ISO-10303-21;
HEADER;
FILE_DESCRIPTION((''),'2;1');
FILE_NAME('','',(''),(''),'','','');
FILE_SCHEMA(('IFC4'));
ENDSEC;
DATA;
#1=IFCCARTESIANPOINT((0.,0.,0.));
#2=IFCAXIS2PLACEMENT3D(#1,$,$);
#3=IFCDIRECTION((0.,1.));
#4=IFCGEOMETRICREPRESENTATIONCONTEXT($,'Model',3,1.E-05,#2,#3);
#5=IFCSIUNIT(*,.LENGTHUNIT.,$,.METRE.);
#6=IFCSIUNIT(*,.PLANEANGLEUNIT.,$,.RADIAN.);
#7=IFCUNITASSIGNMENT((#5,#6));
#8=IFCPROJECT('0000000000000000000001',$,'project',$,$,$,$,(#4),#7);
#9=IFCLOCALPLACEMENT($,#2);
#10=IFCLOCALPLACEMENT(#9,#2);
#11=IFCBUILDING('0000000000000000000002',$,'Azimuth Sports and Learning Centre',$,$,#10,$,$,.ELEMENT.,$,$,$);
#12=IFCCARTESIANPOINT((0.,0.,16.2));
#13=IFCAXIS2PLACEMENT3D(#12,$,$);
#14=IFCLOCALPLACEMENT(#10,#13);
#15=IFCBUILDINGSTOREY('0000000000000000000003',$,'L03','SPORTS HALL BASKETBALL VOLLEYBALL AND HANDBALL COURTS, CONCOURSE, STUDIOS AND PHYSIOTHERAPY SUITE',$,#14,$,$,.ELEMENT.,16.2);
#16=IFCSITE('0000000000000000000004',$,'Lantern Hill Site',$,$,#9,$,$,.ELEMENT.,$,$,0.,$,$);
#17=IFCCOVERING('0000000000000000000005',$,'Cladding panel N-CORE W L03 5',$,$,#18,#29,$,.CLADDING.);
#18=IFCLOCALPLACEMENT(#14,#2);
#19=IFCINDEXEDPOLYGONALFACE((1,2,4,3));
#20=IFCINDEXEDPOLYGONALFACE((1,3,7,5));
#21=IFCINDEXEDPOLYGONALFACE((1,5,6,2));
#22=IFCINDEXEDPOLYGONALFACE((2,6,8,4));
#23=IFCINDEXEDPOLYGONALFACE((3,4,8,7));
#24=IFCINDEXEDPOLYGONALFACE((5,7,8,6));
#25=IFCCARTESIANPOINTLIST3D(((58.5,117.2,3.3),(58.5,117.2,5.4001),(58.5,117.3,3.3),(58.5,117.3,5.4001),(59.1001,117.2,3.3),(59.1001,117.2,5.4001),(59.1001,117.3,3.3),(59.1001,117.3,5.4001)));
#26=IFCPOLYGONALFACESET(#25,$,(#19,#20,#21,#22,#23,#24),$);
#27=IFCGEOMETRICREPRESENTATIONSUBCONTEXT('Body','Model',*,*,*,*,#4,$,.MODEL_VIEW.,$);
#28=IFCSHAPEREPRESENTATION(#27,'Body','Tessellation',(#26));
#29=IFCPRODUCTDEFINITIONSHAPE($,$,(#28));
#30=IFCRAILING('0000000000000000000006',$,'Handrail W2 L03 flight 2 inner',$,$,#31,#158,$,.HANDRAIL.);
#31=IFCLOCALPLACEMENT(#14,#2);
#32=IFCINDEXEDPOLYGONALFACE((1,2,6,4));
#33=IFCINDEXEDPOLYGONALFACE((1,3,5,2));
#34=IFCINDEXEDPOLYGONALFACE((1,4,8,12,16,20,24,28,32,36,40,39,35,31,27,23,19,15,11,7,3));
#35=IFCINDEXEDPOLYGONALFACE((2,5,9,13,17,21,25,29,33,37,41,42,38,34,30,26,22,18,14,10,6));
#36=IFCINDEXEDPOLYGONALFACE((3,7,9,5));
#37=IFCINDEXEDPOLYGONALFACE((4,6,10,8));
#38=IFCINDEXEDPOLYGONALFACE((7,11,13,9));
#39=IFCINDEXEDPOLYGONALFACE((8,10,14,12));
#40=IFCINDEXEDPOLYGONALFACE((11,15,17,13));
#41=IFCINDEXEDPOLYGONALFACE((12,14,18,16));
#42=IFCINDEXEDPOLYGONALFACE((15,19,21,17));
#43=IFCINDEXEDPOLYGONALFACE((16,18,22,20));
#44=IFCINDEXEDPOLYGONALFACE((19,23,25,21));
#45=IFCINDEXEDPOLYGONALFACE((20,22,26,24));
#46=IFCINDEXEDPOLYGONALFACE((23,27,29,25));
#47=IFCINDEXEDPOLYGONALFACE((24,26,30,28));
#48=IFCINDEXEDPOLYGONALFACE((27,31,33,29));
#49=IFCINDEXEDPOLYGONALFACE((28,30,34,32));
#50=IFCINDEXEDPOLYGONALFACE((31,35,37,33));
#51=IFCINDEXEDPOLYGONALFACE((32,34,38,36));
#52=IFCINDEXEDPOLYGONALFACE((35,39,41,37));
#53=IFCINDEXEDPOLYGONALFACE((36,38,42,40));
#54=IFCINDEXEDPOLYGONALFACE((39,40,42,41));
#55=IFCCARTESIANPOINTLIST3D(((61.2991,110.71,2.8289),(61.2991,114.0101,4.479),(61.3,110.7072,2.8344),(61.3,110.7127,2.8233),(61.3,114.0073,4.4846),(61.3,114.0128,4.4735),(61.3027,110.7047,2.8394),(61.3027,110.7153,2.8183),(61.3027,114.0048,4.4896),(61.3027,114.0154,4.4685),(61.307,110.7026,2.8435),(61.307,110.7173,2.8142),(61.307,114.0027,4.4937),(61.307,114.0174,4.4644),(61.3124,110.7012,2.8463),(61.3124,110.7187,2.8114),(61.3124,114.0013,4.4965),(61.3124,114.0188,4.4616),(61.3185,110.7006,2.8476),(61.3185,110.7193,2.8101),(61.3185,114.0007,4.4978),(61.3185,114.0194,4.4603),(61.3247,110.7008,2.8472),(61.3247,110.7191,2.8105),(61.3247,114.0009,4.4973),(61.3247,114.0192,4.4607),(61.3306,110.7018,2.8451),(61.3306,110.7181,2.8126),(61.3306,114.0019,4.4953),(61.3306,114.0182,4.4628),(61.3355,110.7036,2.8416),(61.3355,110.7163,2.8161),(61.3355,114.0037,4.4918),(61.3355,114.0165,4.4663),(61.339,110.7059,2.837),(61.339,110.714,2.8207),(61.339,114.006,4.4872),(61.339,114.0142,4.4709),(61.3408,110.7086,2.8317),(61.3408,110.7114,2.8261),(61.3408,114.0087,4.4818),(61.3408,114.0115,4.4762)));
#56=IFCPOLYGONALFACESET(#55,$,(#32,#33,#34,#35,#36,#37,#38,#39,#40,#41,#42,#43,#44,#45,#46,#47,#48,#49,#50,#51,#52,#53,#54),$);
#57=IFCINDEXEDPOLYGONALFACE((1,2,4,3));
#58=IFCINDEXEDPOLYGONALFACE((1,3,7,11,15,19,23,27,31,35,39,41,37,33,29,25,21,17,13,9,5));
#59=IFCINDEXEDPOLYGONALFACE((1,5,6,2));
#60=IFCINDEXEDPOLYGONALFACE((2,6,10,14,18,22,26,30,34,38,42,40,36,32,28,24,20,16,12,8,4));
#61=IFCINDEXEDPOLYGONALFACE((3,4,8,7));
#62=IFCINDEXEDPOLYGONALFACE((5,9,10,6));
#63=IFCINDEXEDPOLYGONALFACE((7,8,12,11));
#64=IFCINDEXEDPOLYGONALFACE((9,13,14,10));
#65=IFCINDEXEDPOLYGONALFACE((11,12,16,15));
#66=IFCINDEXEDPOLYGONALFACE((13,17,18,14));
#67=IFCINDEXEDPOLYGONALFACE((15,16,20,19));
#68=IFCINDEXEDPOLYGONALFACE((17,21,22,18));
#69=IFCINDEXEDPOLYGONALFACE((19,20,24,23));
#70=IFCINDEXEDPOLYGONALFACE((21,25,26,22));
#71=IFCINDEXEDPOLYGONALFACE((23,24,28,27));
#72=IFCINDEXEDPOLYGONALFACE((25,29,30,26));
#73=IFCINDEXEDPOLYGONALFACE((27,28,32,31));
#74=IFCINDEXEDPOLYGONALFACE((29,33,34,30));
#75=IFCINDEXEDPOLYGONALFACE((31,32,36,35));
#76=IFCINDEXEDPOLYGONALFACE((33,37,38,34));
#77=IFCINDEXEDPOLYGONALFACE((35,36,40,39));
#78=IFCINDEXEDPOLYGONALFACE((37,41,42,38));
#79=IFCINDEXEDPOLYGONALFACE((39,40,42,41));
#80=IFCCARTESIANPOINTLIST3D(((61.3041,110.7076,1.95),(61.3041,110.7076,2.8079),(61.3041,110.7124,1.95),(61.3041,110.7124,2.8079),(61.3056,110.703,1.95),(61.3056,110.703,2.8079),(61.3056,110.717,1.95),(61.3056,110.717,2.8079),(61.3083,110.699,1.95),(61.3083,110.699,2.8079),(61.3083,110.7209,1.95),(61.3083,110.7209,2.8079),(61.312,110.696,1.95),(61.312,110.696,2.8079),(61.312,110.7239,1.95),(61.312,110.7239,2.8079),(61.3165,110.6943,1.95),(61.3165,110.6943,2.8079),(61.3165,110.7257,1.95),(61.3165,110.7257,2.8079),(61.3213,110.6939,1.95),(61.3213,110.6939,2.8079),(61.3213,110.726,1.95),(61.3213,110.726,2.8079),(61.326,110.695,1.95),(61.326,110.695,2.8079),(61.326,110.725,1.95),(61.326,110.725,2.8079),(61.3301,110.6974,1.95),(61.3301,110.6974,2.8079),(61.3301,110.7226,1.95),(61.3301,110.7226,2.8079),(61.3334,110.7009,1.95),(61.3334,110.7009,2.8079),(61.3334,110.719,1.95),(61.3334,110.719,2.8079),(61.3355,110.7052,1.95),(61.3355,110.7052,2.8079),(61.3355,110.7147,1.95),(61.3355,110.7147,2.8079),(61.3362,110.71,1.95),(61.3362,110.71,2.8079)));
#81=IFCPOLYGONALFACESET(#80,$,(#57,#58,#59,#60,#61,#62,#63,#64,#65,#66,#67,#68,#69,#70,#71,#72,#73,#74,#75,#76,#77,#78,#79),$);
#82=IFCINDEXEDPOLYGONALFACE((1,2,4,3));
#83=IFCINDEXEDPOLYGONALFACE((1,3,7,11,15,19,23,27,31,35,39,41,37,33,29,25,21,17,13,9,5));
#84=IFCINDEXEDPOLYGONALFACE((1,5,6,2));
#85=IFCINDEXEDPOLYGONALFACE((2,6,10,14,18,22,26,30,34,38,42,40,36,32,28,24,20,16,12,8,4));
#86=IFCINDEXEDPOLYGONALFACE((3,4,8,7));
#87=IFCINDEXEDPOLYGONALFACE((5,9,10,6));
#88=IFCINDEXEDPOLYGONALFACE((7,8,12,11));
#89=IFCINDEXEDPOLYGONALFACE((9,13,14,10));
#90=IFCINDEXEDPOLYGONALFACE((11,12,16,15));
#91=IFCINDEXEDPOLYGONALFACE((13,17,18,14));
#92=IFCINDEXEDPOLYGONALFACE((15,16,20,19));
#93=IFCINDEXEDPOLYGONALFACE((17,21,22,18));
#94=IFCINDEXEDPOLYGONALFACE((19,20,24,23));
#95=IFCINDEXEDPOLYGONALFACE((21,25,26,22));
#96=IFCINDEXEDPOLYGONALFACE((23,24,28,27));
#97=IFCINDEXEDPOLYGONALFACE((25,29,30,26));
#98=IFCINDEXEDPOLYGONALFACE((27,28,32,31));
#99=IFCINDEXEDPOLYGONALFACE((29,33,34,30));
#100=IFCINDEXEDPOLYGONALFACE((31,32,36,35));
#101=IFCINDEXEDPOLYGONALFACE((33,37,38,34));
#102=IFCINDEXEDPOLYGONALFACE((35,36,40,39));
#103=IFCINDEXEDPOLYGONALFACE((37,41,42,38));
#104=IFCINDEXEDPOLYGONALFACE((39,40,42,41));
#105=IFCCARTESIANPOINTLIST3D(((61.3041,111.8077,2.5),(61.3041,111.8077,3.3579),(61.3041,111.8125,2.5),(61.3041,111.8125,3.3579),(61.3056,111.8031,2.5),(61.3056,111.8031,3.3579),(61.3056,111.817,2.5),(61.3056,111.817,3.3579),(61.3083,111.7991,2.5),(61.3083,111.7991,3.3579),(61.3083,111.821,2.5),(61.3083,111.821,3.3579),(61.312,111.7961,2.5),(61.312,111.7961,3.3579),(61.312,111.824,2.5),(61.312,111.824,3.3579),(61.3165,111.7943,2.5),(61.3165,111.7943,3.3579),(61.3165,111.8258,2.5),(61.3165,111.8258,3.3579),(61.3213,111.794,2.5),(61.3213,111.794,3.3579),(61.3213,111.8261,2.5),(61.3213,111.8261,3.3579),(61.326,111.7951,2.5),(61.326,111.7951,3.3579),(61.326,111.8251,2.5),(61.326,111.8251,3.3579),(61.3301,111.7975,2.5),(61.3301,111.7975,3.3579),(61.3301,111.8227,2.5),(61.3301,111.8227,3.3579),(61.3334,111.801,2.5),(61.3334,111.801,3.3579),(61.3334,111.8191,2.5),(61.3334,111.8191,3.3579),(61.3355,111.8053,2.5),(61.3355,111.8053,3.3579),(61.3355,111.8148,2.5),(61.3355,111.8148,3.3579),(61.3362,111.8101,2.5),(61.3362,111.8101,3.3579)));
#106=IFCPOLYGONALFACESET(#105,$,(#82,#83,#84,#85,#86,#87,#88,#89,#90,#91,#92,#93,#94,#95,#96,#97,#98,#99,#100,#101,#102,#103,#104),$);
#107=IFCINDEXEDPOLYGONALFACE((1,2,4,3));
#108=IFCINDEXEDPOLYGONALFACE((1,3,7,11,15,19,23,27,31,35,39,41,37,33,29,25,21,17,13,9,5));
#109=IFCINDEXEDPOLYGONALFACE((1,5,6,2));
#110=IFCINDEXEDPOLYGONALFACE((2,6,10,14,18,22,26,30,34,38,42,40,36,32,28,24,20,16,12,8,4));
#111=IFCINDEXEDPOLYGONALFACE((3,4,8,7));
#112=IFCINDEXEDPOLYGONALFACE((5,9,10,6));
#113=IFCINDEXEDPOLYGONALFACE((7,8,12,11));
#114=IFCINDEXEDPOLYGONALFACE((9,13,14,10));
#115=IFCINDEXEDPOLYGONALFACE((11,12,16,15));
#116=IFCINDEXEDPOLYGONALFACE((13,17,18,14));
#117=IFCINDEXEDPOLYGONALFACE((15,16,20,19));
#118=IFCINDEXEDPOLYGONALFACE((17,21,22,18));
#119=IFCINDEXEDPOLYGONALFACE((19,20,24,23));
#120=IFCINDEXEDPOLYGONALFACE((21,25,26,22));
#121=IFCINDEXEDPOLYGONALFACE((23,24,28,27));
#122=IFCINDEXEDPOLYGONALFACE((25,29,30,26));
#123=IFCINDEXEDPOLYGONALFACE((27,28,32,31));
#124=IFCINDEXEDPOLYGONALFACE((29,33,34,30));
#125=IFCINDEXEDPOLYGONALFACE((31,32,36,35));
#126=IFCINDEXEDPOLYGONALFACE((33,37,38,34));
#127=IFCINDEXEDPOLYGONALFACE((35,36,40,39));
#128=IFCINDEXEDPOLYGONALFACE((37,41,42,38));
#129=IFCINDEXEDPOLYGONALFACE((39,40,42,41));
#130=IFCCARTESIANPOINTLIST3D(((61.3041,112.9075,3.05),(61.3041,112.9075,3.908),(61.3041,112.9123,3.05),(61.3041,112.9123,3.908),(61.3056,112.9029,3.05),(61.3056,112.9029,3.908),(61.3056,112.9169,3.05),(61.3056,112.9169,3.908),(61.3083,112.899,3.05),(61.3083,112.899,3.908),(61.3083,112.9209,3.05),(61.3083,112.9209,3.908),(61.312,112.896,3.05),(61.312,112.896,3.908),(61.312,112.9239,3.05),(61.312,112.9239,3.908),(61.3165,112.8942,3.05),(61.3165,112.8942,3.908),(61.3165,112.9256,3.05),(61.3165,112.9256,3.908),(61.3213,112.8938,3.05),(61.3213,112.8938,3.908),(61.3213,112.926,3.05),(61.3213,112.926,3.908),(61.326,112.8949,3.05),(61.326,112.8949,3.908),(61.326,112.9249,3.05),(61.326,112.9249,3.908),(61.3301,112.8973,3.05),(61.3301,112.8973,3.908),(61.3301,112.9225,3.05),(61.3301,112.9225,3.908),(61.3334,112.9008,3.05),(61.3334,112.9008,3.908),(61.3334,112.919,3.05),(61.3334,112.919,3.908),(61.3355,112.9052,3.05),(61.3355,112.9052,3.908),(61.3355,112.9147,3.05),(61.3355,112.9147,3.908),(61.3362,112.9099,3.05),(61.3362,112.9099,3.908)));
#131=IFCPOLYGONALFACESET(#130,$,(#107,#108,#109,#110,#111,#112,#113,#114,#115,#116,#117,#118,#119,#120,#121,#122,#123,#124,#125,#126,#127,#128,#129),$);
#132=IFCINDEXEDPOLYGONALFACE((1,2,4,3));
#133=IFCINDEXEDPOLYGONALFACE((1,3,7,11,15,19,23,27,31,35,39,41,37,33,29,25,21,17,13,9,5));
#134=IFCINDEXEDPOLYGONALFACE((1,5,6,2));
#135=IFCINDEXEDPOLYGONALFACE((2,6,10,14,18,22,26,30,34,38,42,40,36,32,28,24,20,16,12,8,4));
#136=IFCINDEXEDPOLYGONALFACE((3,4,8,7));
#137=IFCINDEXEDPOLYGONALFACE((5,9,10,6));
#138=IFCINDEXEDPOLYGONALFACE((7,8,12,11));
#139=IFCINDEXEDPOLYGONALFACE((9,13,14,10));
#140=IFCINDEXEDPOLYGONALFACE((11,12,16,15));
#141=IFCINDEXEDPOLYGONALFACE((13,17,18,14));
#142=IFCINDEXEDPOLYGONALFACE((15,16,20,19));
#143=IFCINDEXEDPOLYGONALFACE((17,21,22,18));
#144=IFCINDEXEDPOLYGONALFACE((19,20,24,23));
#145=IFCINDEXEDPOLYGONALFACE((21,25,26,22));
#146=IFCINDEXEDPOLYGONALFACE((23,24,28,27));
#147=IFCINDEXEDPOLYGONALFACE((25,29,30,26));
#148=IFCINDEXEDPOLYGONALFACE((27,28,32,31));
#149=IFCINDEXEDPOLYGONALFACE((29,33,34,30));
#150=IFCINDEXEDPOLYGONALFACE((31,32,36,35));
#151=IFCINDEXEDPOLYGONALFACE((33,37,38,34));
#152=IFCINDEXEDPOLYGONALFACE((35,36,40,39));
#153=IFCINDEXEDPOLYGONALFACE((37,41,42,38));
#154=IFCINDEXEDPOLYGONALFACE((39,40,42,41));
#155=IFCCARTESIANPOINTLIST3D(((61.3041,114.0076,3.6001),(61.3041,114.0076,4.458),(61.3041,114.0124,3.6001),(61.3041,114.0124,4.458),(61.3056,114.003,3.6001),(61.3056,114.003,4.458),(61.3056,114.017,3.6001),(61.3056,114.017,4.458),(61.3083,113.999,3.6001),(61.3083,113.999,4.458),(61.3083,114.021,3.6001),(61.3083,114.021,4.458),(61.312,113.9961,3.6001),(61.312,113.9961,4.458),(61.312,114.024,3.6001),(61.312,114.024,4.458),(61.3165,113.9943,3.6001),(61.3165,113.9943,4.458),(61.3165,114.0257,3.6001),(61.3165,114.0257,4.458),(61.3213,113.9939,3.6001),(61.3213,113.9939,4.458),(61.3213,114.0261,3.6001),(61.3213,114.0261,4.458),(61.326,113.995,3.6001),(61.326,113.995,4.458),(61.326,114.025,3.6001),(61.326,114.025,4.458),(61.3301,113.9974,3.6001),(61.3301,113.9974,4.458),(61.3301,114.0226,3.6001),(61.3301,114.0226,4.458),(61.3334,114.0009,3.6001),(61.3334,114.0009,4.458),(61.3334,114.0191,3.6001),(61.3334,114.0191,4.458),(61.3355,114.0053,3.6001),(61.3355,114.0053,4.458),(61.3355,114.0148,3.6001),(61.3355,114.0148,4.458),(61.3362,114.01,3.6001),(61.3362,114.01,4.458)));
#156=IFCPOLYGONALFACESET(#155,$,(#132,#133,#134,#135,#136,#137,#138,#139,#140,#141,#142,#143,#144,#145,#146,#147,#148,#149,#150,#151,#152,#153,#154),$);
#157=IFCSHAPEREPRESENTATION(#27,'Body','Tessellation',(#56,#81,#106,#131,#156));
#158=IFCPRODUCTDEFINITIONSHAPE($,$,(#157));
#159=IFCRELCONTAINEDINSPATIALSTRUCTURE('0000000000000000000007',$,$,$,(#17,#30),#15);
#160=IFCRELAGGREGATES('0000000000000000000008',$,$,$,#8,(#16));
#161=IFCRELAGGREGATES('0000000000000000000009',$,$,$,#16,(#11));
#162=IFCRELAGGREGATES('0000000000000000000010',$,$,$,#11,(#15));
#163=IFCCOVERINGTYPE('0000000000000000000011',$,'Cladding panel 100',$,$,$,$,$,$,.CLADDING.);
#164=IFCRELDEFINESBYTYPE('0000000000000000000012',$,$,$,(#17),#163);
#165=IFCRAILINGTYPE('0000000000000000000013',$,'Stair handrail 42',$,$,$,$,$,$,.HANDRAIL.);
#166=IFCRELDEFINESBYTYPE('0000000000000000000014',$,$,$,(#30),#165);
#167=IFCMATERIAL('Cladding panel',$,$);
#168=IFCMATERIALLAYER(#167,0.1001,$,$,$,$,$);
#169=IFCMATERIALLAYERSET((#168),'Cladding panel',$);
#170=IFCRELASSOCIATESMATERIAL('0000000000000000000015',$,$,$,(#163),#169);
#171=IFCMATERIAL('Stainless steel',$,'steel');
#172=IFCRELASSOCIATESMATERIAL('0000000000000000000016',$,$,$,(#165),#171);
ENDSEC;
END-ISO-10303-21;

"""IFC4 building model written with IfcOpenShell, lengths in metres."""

from ifc_helpers import new_model, si_unit, direction, frame, origin, origin_2d, place, context, subcontext, project, spatial, rectangle, circle, extrude, material, layer, layer_set, type_object, element, save


model = new_model("IFC4")

# Units and contexts
model_context = context("Model", 3, precision=1e-05, world=origin(), true_north=direction((0.0, 1.0)))
body_context = subcontext(model_context, "Body", "Model", "MODEL_VIEW")
ifc_project = project(units=[si_unit("LENGTHUNIT", "METRE"), si_unit("PLANEANGLEUNIT", "RADIAN")], contexts=[model_context])

# Site, building, storey
site_placement = place(None, origin())
site = spatial("IfcSite", under=ifc_project, at=site_placement, Name="Lantern Hill Site", CompositionType="ELEMENT", RefElevation=0.0)
building_placement = place(site_placement, origin())
building = spatial("IfcBuilding", under=site, at=building_placement, Name="Azimuth Sports and Learning Centre", CompositionType="ELEMENT")
storey_placement = place(building_placement, frame((0.0, 0.0, 16.2)))
storey = spatial("IfcBuildingStorey", under=building, at=storey_placement, Name="L03", Description="SPORTS HALL BASKETBALL VOLLEYBALL AND HANDBALL COURTS, CONCOURSE, STUDIOS AND PHYSIOTHERAPY SUITE", CompositionType="ELEMENT", Elevation=16.2)

# Covering
ifc_material_1 = material(Name="Cladding panel")
ifc_layer_1 = layer(ifc_material_1, 0.1001)
ifc_layer_set_1 = layer_set([ifc_layer_1], Name="Cladding panel")
covering_type = type_object("IfcCoveringType", Name="Cladding panel 100", PredefinedType="CLADDING", material=ifc_layer_set_1)
covering_1_placement = place(storey_placement, frame((58.8, 117.25, 3.3), z_axis=(0.0, 0.0, 1.0), x_axis=(-1.0, 0.0, 0.0)))
element("IfcCovering", 1, at=covering_1_placement, inside=storey, type_object=covering_type, Name="Cladding panel N-CORE W L03 5", PredefinedType="CLADDING", context=body_context, shape_type="SweptSolid", body=[
    extrude(rectangle(XDim=0.6001, YDim=0.1001, at=origin_2d()), origin(), (0.0, 0.0, 1.0), 2.1001),
])

# Railing
ifc_material_2 = material(Name="Stainless steel", Category="steel")
railing_type = type_object("IfcRailingType", Name="Stair handrail 42", PredefinedType="HANDRAIL", material=ifc_material_2)
for number, where, name in (
    (2, (61.3201, 110.71, 1.95), "Handrail W2 L03 flight 2 inner"),
):
    element("IfcRailing", number, at=place(storey_placement, frame(where)), inside=storey, type_object=railing_type, Name=name, PredefinedType="HANDRAIL", context=body_context, shape_type="SweptSolid", body=[
        extrude(circle(Radius=0.021, at=origin_2d()), frame((0.0, 0.0, 0.8789), z_axis=(0.0, 0.894414, 0.44724), x_axis=(-1.0, 0.0, 0.0)), (0.0, 0.0, 1.0), 3.6897),
        extrude(circle(Radius=0.0161, at=origin_2d()), origin(), (0.0, 0.0, 1.0), 0.8579),
        extrude(circle(Radius=0.0161, at=origin_2d()), frame((0.0, 1.1001, 0.55)), (0.0, 0.0, 1.0), 0.8579),
        extrude(circle(Radius=0.0161, at=origin_2d()), frame((0.0, 2.2, 1.1001)), (0.0, 0.0, 1.0), 0.8579),
        extrude(circle(Radius=0.0161, at=origin_2d()), frame((0.0, 3.3, 1.6501)), (0.0, 0.0, 1.0), 0.8579),
    ])

save(model, "model.ifc")
